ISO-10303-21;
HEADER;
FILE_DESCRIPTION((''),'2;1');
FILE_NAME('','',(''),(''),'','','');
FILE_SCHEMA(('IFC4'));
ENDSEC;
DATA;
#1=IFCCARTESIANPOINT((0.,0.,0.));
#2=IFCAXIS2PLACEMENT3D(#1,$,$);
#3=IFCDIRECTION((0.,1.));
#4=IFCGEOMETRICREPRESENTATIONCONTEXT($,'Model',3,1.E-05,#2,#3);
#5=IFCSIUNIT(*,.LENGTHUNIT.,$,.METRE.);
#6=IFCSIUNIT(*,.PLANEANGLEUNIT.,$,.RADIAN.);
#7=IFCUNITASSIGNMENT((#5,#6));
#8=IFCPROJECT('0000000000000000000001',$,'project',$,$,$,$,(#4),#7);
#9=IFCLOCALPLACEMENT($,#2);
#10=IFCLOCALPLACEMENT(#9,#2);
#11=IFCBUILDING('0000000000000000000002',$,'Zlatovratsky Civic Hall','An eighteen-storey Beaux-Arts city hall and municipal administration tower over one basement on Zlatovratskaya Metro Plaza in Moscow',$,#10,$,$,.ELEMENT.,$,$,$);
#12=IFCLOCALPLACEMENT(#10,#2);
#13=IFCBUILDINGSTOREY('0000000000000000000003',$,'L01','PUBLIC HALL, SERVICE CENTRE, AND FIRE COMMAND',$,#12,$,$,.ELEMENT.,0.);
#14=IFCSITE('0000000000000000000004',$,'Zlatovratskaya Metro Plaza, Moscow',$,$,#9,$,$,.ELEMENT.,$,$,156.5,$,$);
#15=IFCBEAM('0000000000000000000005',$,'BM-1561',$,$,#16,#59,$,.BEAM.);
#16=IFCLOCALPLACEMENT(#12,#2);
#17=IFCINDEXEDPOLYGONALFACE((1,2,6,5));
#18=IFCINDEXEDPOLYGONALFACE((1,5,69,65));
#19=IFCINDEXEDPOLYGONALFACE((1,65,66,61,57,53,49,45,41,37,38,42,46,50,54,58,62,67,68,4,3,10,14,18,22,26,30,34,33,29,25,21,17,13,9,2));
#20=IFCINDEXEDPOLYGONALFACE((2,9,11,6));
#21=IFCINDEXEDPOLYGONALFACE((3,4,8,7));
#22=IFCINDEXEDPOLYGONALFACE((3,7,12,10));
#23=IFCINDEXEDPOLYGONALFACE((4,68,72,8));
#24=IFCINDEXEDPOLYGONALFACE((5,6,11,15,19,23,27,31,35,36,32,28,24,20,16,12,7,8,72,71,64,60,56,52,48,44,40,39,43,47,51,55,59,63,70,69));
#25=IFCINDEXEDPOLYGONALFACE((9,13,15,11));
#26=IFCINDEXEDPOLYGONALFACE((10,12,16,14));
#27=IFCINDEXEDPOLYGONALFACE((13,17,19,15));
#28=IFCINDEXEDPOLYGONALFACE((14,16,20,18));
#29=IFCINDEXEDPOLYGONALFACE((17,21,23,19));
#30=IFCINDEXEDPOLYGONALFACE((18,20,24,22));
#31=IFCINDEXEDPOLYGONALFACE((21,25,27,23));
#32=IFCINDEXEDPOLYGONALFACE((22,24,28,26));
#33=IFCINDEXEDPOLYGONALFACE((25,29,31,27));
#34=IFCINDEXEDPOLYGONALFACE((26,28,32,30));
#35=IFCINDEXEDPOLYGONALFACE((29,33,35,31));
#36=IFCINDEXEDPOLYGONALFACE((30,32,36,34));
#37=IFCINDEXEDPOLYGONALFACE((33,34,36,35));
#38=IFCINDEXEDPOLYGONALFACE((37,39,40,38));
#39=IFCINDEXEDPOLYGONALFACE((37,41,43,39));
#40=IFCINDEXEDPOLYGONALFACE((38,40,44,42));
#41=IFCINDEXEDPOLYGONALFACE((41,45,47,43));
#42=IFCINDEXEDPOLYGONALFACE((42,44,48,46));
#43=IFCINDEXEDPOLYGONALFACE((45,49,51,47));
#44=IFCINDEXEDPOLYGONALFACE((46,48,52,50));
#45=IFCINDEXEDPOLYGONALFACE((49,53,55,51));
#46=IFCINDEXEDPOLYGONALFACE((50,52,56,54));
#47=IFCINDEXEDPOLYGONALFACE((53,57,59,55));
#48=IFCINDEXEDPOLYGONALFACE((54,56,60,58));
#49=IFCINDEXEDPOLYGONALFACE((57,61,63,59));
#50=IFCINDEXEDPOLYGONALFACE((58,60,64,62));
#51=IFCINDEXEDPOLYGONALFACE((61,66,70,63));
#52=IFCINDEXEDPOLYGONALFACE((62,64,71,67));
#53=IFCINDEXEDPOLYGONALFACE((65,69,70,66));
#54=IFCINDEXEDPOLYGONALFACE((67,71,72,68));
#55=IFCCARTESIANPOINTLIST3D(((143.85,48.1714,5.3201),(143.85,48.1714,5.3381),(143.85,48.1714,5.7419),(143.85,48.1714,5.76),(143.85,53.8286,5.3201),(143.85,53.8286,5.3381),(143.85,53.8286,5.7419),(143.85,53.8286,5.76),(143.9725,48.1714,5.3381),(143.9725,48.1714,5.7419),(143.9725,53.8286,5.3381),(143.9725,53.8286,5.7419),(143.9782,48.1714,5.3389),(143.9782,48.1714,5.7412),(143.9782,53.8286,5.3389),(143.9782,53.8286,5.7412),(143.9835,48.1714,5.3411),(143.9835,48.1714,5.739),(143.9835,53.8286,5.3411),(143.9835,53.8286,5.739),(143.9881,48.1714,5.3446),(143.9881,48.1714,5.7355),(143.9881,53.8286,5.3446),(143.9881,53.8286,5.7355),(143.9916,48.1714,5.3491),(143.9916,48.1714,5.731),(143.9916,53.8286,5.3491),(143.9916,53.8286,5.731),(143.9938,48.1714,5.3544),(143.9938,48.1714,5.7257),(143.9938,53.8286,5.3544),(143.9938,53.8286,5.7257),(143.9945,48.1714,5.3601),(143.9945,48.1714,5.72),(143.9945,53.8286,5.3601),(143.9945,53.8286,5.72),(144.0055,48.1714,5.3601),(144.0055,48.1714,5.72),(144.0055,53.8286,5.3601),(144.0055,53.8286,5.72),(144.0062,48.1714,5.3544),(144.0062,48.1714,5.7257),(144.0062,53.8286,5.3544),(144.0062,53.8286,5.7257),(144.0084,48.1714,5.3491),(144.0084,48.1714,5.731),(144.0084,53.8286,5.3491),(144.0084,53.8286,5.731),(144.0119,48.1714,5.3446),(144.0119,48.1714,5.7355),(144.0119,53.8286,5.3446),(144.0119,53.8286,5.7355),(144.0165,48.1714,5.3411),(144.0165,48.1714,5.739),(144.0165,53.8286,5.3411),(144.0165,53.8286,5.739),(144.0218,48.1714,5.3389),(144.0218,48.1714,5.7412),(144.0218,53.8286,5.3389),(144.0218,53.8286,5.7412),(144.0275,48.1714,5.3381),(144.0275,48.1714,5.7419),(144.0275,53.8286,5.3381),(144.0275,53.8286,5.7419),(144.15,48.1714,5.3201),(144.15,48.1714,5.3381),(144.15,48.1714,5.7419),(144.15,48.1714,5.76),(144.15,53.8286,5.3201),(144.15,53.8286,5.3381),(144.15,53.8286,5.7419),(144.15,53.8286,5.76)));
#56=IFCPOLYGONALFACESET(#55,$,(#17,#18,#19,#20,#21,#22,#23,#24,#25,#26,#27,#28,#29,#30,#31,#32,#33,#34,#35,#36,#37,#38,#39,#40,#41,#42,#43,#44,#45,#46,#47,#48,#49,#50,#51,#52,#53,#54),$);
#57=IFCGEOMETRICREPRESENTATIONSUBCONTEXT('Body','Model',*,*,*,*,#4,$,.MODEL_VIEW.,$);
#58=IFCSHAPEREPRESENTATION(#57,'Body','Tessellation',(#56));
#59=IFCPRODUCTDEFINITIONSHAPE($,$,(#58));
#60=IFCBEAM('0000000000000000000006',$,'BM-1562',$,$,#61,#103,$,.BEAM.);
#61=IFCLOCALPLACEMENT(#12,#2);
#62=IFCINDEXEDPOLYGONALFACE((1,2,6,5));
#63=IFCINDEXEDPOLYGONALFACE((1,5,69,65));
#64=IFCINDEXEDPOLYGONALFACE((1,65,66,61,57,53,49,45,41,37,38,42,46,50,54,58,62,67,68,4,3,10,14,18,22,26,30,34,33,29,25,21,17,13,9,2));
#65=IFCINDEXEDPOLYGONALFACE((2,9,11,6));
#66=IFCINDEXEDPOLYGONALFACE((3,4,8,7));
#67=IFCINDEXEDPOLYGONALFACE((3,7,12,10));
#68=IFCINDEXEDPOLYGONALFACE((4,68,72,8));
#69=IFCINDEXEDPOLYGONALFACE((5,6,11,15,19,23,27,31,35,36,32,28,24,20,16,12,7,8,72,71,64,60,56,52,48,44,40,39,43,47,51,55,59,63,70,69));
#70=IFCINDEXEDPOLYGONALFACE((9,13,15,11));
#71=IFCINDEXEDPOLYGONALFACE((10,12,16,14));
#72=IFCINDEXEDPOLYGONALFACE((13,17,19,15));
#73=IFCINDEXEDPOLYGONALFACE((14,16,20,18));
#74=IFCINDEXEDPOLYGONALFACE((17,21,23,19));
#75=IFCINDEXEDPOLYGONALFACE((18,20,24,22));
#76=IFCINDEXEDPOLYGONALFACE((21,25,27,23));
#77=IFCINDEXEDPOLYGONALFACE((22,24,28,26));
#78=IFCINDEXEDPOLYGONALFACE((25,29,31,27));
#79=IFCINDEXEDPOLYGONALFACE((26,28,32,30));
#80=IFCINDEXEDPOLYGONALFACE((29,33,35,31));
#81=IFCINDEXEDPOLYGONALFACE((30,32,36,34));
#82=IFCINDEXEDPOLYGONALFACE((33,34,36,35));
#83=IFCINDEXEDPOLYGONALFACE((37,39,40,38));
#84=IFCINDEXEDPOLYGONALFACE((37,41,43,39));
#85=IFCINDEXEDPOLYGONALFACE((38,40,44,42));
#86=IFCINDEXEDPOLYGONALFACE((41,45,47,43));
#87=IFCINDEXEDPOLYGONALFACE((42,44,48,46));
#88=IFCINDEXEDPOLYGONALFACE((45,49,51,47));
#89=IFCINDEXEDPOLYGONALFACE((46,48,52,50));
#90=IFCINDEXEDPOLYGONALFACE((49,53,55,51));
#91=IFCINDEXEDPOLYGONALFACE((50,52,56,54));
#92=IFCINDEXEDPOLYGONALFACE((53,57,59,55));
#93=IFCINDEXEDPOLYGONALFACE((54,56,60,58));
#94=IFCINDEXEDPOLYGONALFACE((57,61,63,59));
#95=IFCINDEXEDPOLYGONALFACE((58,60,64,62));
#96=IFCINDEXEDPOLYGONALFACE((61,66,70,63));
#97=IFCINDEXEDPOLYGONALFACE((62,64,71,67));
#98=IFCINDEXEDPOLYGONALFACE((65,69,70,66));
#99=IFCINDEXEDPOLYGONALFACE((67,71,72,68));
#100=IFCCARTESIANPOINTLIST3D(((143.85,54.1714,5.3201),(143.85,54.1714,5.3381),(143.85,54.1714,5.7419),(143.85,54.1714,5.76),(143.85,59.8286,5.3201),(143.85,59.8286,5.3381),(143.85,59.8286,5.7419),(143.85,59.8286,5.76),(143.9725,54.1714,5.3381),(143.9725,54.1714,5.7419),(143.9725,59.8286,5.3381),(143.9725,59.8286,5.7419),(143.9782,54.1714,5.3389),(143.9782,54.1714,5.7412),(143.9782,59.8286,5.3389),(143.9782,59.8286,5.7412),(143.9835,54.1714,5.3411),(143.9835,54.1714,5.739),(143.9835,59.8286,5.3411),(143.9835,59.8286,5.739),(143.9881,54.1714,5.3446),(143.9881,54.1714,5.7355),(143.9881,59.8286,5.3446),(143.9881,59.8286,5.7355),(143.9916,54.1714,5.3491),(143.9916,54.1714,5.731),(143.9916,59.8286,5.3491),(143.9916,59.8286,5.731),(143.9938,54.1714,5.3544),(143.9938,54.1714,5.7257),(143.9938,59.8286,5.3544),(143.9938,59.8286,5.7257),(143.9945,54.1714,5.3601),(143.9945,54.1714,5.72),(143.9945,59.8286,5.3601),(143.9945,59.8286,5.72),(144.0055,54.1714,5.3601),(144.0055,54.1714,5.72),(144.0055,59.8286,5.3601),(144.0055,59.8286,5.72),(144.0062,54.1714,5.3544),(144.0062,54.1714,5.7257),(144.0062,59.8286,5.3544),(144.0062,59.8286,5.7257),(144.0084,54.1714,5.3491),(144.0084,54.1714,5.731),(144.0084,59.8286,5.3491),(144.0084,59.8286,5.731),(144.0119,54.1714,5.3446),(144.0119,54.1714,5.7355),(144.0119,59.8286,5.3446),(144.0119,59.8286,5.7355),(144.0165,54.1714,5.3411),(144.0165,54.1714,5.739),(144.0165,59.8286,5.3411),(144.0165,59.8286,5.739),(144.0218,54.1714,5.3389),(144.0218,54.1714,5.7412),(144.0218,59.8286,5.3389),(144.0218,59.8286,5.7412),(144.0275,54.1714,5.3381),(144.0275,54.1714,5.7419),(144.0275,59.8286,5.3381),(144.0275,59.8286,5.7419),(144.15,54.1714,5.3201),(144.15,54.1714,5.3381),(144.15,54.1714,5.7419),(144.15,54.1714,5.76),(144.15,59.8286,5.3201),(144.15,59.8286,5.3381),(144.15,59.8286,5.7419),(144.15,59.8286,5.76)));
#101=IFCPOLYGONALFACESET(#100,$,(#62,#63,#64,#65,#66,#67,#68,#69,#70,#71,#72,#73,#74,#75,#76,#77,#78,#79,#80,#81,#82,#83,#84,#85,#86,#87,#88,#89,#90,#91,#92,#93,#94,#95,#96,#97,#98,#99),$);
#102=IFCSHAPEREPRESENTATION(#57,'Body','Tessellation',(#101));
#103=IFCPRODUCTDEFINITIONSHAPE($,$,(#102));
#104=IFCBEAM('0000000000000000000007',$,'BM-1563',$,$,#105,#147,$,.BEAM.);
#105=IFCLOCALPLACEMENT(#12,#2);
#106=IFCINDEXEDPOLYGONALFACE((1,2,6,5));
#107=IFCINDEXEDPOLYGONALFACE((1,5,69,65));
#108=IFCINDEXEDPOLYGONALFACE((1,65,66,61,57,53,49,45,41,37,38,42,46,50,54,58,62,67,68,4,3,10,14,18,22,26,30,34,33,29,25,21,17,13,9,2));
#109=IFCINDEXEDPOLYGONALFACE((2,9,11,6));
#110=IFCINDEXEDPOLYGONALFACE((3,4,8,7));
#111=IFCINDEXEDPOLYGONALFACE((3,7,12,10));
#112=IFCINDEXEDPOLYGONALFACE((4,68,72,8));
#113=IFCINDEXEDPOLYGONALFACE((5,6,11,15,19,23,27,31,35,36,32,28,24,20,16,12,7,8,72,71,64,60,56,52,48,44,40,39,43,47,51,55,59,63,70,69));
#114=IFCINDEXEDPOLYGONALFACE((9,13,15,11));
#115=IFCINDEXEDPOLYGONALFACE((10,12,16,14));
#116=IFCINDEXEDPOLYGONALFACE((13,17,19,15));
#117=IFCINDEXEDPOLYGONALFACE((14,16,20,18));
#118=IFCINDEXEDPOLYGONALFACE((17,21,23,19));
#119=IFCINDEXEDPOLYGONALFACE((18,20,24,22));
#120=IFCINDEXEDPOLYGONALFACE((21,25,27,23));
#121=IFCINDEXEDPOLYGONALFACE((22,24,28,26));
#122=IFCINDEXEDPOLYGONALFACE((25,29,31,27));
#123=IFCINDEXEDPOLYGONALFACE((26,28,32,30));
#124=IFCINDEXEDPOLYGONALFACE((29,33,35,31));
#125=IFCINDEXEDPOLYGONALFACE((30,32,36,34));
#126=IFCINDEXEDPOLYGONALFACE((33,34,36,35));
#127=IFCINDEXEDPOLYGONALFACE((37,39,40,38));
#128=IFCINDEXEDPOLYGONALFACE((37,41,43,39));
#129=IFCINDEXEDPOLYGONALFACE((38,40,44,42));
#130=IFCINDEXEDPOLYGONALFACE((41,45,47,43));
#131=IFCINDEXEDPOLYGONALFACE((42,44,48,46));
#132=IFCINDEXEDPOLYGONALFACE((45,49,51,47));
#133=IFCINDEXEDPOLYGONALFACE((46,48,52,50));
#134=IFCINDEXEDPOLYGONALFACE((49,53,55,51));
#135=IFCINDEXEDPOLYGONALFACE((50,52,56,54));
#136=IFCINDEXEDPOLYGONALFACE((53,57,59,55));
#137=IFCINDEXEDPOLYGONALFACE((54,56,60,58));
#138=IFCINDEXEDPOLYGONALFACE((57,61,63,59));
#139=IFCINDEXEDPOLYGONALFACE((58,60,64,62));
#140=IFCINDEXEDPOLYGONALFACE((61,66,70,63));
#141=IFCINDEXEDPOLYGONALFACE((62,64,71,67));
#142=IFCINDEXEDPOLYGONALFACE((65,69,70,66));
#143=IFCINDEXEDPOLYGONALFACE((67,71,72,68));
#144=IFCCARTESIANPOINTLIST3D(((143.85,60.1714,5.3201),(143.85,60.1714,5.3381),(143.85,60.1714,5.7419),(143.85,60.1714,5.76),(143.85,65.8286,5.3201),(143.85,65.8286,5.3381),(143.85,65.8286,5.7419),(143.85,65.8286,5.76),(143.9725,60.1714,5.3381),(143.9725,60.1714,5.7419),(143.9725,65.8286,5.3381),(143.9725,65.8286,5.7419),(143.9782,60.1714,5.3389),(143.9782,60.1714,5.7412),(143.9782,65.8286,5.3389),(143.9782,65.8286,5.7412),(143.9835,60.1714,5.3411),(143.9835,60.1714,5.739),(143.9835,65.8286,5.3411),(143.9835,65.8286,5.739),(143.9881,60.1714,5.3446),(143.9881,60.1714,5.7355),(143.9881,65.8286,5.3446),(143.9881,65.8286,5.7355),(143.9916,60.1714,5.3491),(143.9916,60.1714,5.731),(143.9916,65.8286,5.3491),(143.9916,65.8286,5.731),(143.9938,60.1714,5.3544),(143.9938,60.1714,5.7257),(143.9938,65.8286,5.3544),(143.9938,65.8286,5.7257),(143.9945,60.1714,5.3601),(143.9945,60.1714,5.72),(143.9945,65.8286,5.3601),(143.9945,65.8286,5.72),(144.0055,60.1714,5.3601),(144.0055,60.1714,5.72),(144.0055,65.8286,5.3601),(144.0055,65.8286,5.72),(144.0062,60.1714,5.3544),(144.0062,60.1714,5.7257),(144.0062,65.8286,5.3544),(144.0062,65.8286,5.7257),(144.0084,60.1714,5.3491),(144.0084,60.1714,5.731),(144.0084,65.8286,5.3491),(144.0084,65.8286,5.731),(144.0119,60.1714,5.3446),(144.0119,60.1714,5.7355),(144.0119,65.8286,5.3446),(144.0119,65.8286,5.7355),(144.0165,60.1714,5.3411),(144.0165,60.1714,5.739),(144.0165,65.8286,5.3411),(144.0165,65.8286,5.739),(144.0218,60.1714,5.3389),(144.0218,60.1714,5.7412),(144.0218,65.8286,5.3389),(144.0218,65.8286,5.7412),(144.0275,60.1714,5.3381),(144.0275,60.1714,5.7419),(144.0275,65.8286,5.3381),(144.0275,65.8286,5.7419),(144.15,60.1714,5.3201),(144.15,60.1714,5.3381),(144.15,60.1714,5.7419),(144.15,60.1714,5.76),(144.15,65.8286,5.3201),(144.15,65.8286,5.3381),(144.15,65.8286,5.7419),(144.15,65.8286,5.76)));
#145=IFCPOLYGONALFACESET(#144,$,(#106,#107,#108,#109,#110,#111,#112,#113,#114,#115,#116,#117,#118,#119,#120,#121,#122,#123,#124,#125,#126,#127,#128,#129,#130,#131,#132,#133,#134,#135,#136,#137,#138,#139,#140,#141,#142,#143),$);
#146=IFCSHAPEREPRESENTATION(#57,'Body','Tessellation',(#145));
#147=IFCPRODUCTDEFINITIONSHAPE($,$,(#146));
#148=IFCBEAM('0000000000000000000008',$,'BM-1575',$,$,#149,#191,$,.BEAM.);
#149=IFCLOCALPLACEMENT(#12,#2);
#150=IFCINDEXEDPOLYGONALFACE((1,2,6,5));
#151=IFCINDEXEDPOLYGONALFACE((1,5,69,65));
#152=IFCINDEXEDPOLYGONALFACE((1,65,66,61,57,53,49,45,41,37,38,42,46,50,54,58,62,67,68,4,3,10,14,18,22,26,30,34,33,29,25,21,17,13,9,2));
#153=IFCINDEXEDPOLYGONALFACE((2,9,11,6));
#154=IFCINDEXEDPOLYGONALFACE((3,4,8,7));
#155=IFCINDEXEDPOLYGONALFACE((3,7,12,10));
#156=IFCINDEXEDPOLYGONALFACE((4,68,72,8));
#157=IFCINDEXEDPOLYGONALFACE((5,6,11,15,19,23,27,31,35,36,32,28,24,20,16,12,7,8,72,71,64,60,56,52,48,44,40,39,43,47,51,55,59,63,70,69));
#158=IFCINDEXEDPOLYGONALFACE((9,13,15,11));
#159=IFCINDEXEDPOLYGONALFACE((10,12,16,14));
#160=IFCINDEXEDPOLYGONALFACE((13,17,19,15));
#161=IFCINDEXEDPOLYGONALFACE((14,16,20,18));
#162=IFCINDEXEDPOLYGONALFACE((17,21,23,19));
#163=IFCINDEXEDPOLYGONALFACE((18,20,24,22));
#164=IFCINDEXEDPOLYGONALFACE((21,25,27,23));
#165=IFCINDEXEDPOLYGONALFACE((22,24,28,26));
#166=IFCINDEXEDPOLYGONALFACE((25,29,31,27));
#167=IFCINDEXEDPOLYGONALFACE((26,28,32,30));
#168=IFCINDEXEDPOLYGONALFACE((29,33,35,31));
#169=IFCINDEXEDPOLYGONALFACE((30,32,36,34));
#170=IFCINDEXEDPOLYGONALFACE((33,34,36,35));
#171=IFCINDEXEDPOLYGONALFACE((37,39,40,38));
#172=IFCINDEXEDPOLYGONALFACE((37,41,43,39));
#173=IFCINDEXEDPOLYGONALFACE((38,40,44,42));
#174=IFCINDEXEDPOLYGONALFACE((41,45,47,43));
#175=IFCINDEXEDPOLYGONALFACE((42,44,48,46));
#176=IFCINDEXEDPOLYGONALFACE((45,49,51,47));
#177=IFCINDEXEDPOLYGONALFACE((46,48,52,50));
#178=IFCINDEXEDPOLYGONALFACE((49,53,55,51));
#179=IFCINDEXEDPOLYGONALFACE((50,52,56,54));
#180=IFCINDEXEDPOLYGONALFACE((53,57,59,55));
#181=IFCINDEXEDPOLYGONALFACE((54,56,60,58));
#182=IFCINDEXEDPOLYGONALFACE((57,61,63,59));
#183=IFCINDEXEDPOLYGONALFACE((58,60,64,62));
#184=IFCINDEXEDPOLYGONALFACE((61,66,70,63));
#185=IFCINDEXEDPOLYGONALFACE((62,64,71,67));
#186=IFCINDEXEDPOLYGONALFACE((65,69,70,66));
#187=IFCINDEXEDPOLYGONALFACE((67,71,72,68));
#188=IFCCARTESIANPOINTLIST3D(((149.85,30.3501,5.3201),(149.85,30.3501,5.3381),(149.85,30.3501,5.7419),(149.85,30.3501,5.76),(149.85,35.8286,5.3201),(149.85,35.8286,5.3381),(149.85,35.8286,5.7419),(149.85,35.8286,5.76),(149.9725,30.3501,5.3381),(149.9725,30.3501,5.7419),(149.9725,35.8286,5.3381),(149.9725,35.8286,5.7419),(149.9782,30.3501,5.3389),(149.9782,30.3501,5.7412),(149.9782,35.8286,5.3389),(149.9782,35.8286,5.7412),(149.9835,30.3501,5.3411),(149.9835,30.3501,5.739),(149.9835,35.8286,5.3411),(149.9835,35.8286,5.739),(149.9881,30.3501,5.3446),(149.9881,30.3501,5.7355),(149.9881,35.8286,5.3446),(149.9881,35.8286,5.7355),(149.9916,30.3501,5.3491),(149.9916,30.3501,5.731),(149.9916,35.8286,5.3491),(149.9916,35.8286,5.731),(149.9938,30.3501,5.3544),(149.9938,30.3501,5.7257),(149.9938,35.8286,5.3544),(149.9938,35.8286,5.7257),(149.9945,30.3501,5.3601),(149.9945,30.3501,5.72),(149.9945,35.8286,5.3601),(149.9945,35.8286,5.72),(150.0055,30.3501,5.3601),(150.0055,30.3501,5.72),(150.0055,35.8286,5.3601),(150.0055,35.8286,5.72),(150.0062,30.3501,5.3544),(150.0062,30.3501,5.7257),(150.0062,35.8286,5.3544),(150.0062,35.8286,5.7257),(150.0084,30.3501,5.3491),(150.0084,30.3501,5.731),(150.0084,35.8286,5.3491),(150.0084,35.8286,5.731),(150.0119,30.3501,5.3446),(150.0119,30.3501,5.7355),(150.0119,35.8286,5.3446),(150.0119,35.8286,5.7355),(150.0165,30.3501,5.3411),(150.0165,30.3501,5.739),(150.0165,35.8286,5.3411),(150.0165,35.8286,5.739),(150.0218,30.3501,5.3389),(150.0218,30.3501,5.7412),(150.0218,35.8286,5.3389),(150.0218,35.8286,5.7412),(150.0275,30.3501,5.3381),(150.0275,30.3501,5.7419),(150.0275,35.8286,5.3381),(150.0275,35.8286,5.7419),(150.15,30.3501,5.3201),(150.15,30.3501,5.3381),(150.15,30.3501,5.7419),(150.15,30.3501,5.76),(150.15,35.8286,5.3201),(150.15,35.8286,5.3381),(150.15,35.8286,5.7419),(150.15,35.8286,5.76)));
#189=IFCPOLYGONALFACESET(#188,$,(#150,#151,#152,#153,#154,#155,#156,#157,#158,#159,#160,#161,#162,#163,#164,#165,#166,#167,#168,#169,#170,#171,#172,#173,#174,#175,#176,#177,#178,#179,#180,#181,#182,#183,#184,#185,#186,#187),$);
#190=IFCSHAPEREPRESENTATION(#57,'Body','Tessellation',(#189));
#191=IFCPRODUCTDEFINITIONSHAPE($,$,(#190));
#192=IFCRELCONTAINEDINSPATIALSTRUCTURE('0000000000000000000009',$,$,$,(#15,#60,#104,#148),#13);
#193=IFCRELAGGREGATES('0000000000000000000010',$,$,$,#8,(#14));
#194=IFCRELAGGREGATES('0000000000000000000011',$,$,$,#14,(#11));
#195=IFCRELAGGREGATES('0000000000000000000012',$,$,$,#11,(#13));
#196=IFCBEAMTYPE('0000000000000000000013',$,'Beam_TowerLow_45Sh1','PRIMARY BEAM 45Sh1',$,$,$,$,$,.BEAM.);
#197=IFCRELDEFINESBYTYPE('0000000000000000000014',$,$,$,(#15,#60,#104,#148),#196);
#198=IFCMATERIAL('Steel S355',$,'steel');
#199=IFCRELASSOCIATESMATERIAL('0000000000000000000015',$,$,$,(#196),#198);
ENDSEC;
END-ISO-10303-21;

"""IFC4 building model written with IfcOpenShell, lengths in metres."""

from ifc_helpers import new_model, si_unit, direction, frame, origin, origin_2d, place, context, subcontext, project, spatial, i_section, extrude, material, material_profile, profile_set, type_object, element, save


model = new_model("IFC4")

# Units and contexts
model_context = context("Model", 3, precision=1e-05, world=origin(), true_north=direction((0.0, 1.0)))
body_context = subcontext(model_context, "Body", "Model", "MODEL_VIEW")
ifc_project = project(units=[si_unit("LENGTHUNIT", "METRE"), si_unit("PLANEANGLEUNIT", "RADIAN")], contexts=[model_context])

# Site, building, storey
site_placement = place(None, origin())
site = spatial("IfcSite", under=ifc_project, at=site_placement, Name="Zlatovratskaya Metro Plaza, Moscow", CompositionType="ELEMENT", RefElevation=156.5)
building_placement = place(site_placement, origin())
building = spatial("IfcBuilding", under=site, at=building_placement, Name="Zlatovratsky Civic Hall", Description="An eighteen-storey Beaux-Arts city hall and municipal administration tower over one basement on Zlatovratskaya Metro Plaza in Moscow", CompositionType="ELEMENT")
storey_placement = place(building_placement, origin())
storey = spatial("IfcBuildingStorey", under=building, at=storey_placement, Name="L01", Description="PUBLIC HALL, SERVICE CENTRE, AND FIRE COMMAND", CompositionType="ELEMENT", Elevation=0.0)

# Shared definitions
ifc_material = material(Name="Steel S355", Category="steel")

# Beams
ifc_material_profile_1 = material_profile(ifc_material, i_section(OverallWidth=0.3, OverallDepth=0.4399, WebThickness=0.011, FlangeThickness=0.0181, FilletRadius=0.022, at=origin_2d()), Name="45Sh1")
ifc_profile_set_1 = profile_set([ifc_material_profile_1], Name="Steel S355")
beam_type_1 = type_object("IfcBeamType", Name="Beam_TowerLow_45Sh1", Description="PRIMARY BEAM 45Sh1", PredefinedType="BEAM", material=ifc_profile_set_1)
for number, where, z_axis, x_axis, name in (
    (1, (144.0, 48.1714, 5.54), (0.0, 1.0, 0.0), (-1.0, 0.0, 0.0), "BM-1561"),
    (2, (144.0, 54.1714, 5.54), (0.0, 1.0, 0.0), (-1.0, 0.0, 0.0), "BM-1562"),
    (3, (144.0, 60.1714, 5.54), (0.0, 1.0, 0.0), (-1.0, 0.0, 0.0), "BM-1563"),
):
    element("IfcBeam", number, at=place(storey_placement, frame(where, z_axis=z_axis, x_axis=x_axis)), inside=storey, type_object=beam_type_1, Name=name, PredefinedType="BEAM", context=body_context, shape_type="SweptSolid", body=[
        extrude(i_section(OverallWidth=0.3, OverallDepth=0.4399, WebThickness=0.011, FlangeThickness=0.0181, FilletRadius=0.022, at=origin_2d()), origin(), (0.0, 0.0, 1.0), 5.6572),
    ])
beam_1_placement = place(storey_placement, frame((150.0, 30.3501, 5.54), z_axis=(0.0, 1.0, 0.0), x_axis=(-1.0, 0.0, 0.0)))
element("IfcBeam", 4, at=beam_1_placement, inside=storey, type_object=beam_type_1, Name="BM-1575", PredefinedType="BEAM", context=body_context, shape_type="SweptSolid", body=[
    extrude(i_section(OverallWidth=0.3, OverallDepth=0.4399, WebThickness=0.011, FlangeThickness=0.0181, FilletRadius=0.022, at=origin_2d()), origin(), (0.0, 0.0, 1.0), 5.4785),
])

save(model, "model.ifc")
